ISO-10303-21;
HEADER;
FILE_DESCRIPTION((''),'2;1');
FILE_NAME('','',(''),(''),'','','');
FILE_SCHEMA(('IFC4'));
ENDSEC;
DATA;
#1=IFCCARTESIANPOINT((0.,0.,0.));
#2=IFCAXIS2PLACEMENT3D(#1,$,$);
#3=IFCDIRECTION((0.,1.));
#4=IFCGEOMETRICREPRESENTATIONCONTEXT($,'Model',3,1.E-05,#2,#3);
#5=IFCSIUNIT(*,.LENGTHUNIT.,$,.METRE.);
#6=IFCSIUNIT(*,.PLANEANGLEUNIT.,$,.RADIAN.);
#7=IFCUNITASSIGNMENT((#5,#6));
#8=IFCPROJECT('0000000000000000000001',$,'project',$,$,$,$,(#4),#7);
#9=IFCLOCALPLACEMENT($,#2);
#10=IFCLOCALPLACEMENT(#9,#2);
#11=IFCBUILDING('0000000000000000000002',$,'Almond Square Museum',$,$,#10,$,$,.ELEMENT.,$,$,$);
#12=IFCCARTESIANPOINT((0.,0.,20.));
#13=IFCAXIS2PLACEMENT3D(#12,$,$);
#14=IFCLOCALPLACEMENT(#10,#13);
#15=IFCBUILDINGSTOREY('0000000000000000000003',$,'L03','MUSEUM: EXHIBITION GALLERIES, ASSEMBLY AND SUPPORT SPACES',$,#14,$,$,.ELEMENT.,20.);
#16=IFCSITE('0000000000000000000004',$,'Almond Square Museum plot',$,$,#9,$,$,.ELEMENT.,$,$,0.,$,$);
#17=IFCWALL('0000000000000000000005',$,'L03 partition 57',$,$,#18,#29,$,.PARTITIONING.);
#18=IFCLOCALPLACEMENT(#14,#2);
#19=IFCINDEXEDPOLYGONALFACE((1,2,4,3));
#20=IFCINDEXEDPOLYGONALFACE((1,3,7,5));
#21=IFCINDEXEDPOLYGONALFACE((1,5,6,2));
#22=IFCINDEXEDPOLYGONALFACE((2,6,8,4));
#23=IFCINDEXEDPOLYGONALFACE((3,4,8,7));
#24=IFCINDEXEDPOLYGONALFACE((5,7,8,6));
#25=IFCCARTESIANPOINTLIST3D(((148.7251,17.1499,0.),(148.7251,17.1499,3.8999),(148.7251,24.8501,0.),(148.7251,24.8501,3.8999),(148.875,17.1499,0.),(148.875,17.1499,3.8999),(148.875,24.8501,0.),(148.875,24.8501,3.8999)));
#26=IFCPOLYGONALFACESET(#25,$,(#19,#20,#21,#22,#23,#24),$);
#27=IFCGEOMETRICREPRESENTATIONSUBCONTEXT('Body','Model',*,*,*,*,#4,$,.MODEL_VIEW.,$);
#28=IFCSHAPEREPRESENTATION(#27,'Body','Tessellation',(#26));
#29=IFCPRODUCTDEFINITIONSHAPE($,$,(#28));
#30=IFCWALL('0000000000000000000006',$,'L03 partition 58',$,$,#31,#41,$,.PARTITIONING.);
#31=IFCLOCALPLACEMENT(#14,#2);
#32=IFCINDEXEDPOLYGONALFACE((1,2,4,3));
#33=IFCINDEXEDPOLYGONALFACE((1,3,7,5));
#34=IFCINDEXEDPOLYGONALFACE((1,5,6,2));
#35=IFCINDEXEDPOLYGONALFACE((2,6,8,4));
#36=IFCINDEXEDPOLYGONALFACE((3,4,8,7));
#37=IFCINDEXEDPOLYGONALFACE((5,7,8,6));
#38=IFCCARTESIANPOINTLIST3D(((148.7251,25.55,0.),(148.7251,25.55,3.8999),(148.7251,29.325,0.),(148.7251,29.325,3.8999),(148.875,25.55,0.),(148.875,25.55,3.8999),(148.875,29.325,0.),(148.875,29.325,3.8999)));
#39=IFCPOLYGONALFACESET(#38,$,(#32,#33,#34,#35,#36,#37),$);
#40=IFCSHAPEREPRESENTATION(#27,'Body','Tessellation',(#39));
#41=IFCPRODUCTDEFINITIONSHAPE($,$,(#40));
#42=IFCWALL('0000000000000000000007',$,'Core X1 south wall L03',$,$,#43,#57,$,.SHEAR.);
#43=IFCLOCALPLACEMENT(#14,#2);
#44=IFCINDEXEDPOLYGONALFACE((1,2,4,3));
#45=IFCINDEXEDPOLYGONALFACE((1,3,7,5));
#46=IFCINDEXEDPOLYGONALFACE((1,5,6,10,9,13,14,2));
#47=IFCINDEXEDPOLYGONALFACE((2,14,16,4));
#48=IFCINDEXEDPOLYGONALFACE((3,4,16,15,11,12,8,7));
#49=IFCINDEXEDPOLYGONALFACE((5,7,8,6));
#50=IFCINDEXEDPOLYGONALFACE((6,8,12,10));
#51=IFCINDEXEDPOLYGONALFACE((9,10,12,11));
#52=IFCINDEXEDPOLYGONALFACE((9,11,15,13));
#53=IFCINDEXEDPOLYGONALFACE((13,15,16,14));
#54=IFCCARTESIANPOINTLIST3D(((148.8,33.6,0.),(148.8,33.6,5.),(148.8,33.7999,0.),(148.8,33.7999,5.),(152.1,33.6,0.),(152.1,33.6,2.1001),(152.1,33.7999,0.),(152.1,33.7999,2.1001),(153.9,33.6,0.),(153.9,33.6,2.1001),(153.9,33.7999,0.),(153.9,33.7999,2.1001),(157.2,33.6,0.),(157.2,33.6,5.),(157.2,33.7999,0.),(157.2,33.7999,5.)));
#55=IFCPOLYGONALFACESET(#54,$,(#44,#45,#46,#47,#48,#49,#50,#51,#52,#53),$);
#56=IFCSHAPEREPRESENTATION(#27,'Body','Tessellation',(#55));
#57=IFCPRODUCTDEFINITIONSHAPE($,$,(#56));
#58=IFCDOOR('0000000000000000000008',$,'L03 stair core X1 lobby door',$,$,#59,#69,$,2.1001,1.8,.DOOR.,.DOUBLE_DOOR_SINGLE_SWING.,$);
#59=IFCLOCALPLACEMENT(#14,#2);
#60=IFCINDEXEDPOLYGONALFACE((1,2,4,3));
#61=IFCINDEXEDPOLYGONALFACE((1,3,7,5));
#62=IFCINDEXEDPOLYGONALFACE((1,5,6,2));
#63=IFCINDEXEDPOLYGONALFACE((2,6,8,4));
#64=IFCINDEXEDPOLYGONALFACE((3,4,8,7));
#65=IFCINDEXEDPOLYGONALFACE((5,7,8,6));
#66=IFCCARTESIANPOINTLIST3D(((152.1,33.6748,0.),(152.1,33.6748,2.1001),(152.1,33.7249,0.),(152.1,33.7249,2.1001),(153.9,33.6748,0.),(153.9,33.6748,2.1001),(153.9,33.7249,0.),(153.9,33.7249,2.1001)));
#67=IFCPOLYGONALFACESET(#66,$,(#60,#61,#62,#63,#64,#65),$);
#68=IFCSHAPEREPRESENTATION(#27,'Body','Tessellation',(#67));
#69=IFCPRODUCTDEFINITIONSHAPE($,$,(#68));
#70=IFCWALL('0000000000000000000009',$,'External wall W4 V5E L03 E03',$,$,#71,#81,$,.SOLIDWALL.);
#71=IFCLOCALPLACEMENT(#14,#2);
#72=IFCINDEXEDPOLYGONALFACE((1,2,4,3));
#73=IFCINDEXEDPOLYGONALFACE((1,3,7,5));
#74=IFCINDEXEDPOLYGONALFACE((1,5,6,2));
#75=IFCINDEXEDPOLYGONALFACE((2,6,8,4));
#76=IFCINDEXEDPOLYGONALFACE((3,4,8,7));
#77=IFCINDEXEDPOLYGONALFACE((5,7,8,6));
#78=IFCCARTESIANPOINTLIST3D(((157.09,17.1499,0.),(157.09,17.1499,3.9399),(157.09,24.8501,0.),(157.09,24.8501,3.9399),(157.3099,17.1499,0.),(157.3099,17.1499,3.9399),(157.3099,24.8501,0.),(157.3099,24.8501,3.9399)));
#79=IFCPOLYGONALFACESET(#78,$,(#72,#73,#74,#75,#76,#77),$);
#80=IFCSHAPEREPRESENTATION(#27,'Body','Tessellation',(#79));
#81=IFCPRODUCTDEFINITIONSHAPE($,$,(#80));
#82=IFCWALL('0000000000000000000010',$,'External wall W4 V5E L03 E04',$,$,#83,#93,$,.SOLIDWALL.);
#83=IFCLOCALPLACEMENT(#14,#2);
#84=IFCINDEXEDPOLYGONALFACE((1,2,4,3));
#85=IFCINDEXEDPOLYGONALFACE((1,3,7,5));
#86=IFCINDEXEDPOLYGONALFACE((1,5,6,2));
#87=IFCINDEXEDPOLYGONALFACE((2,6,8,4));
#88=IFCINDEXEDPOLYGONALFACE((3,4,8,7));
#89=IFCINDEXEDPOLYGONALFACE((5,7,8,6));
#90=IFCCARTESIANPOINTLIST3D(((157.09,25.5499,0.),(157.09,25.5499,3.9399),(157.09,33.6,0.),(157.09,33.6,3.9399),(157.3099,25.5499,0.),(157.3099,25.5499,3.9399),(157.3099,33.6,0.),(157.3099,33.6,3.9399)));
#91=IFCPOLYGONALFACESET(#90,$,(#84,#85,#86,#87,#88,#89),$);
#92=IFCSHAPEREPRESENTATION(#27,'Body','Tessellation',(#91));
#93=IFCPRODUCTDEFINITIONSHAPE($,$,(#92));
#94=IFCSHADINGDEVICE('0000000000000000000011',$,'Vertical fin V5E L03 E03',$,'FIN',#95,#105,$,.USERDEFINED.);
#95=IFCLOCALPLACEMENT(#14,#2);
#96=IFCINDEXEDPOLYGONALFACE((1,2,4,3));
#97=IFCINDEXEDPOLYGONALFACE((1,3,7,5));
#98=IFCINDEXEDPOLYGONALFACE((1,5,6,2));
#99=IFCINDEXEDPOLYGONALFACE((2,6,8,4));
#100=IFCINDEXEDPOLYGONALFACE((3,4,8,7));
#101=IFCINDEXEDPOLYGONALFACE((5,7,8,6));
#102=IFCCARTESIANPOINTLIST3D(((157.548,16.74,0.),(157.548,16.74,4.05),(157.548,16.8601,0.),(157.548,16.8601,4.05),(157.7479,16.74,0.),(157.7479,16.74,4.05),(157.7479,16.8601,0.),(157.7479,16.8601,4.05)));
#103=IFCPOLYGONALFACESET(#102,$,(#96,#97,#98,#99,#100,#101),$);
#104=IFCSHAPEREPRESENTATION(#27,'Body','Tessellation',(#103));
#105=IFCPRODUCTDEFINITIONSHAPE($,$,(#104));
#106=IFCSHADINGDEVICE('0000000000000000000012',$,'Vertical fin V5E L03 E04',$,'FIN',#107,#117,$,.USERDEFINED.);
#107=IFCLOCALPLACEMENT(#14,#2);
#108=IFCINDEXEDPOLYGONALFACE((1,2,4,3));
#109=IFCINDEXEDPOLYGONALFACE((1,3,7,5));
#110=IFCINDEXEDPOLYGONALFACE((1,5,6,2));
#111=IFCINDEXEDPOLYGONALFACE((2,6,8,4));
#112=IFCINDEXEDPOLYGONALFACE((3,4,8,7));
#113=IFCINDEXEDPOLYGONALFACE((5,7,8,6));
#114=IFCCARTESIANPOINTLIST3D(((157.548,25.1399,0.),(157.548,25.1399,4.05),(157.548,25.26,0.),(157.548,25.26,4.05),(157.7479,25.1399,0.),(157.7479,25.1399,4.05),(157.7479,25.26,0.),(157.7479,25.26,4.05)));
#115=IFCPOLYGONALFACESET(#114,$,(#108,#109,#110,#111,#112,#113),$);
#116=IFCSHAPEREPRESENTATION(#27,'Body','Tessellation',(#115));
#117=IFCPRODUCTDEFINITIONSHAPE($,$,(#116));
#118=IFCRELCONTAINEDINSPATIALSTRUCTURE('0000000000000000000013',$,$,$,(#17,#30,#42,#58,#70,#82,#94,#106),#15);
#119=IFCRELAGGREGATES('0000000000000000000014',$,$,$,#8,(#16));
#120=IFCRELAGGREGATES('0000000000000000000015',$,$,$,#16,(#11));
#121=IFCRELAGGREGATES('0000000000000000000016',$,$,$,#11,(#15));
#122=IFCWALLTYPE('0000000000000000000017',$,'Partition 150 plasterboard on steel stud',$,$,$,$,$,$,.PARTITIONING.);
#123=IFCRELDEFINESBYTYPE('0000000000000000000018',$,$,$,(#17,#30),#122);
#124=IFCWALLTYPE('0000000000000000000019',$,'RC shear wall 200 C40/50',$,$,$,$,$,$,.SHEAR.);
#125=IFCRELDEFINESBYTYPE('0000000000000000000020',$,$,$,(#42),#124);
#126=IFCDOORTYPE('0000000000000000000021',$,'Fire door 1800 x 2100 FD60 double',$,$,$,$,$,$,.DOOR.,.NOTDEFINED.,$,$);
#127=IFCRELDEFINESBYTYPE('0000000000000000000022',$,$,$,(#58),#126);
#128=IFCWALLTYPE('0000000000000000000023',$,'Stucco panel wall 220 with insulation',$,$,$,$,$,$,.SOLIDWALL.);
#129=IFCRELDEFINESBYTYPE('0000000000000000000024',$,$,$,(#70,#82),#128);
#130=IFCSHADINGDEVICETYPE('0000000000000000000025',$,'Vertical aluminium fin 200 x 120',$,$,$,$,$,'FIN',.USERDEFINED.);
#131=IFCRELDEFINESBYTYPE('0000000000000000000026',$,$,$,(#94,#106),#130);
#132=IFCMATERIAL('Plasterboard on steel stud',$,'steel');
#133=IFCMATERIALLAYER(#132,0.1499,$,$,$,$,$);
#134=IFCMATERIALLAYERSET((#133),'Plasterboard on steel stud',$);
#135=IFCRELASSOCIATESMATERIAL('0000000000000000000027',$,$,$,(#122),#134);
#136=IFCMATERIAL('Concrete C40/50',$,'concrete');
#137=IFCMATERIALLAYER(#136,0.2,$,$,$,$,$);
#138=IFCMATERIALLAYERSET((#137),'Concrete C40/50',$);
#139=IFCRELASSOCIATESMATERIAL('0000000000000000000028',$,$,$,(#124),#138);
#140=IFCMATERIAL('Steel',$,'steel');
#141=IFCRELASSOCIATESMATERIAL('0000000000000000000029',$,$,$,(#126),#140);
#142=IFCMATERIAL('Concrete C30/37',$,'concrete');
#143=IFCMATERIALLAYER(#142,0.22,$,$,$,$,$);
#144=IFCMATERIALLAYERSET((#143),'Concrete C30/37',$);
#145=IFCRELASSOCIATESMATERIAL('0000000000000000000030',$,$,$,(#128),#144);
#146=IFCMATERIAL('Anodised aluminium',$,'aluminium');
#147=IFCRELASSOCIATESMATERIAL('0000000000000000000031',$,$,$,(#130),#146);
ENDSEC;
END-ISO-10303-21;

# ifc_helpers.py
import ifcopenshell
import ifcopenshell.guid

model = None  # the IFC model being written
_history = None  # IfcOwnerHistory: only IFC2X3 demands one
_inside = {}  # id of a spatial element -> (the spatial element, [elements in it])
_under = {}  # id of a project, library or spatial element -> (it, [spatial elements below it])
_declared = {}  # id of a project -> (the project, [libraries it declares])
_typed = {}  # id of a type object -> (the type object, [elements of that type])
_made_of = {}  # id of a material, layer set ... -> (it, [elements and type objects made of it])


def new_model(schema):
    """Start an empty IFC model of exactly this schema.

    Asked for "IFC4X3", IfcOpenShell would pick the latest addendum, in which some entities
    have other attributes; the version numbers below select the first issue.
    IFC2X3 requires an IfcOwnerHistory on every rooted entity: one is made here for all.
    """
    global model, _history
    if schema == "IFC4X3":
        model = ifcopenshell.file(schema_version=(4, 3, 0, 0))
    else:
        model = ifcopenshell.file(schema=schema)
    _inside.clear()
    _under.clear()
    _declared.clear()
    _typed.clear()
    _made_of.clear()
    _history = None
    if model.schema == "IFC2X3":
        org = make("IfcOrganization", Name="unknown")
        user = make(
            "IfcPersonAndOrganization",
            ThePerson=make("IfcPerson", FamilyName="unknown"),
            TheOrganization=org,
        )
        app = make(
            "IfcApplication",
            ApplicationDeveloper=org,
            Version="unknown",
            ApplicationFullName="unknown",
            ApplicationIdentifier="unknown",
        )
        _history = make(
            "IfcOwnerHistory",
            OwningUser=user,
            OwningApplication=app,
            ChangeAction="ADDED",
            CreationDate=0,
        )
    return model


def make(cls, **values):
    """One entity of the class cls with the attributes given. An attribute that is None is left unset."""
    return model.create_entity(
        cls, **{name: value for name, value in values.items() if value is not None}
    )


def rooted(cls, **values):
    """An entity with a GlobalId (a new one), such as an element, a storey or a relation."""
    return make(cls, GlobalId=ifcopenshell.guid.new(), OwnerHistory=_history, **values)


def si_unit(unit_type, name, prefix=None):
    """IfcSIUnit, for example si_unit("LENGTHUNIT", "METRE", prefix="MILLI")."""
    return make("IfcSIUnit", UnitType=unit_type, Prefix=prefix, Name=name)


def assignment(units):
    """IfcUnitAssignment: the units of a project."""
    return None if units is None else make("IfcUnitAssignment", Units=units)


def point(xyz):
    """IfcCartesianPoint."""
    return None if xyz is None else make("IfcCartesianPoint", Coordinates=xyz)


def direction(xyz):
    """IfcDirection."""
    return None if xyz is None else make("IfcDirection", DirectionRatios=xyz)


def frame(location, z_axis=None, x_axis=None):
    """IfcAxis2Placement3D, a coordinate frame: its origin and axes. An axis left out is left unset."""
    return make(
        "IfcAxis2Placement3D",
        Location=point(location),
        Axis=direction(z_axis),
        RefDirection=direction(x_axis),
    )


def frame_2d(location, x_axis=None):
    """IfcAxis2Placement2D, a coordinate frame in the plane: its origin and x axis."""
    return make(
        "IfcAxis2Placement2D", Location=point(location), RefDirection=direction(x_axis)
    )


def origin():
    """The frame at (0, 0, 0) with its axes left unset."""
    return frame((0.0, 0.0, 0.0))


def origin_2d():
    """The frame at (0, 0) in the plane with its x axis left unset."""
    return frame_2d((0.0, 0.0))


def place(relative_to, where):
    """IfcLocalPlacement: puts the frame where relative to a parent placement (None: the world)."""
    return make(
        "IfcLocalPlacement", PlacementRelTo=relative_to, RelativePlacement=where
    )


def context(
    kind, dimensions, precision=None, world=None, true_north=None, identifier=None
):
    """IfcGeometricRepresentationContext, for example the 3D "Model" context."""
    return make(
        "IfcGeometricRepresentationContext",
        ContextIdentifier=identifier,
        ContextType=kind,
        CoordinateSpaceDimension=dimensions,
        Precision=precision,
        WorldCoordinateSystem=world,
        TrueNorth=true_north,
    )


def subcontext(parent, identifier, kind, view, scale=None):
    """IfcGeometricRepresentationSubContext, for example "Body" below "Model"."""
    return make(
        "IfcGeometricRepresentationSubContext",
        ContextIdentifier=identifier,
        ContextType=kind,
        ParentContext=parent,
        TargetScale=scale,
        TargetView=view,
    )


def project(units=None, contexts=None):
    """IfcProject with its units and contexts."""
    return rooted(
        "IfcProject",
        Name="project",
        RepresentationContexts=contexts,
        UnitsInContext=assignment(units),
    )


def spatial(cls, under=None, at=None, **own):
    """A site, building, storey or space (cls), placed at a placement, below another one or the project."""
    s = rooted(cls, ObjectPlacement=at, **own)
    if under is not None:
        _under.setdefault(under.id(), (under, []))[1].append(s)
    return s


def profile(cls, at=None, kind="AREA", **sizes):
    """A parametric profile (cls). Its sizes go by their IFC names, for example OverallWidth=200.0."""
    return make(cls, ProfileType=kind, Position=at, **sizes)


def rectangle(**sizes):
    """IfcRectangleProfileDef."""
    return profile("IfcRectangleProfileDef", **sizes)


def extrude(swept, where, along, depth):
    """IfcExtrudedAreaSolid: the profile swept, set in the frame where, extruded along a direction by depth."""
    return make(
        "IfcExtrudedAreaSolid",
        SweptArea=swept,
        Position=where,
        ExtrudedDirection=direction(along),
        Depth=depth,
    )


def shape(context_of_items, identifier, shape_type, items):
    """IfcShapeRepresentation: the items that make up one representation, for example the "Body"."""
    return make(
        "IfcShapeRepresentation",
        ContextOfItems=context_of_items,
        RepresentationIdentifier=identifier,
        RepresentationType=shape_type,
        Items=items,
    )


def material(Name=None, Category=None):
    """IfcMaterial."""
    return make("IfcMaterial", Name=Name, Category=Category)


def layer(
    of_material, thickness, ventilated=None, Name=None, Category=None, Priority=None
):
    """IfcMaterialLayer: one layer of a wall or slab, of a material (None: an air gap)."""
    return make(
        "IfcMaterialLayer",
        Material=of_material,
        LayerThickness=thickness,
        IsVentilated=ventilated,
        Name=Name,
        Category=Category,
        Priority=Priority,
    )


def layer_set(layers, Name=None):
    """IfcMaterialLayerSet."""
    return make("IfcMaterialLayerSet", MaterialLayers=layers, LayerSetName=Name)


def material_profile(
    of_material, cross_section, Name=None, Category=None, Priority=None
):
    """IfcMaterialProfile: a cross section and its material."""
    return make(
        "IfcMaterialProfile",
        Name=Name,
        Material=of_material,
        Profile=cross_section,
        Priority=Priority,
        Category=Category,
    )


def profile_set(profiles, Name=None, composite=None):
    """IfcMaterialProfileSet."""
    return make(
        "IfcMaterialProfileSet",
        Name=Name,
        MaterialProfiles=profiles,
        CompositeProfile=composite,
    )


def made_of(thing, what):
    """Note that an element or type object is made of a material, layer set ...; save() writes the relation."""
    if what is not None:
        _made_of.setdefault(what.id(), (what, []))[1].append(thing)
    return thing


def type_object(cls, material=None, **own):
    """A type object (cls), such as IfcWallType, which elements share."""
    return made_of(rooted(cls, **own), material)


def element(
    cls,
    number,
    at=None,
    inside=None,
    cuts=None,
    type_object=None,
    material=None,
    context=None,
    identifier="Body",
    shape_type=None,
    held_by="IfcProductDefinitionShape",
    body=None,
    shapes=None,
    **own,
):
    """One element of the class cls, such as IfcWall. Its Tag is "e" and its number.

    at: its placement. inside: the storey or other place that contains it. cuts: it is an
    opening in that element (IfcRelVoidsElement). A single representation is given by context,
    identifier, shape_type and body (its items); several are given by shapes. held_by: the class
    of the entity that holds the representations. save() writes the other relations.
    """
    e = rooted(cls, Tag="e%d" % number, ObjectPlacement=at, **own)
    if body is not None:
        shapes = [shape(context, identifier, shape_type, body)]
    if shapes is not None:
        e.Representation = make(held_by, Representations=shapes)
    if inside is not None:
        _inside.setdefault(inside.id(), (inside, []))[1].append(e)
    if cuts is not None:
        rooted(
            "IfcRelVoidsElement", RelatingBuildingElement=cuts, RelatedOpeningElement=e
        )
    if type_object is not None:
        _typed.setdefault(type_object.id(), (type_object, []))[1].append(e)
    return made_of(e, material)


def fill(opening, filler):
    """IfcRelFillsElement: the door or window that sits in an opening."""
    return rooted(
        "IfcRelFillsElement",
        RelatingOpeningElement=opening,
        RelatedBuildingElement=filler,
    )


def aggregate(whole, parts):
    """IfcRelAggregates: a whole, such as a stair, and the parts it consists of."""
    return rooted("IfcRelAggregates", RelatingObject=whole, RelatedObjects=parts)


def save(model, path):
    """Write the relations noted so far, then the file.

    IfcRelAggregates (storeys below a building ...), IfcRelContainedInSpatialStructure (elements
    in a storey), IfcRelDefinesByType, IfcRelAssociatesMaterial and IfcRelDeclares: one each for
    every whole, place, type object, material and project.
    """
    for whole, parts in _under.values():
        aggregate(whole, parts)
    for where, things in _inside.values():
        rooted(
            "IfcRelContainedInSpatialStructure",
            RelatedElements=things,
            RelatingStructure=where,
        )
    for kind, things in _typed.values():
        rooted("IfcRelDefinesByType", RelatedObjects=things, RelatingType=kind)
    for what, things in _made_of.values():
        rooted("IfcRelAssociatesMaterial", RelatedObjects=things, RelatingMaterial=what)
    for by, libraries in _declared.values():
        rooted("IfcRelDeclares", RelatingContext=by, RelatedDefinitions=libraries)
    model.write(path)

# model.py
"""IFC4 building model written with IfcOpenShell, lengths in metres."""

from ifc_helpers import new_model, si_unit, direction, frame, frame_2d, origin, origin_2d, place, context, subcontext, project, spatial, rectangle, extrude, material, layer, layer_set, material_profile, profile_set, type_object, element, fill, save


model = new_model("IFC4")

# Units and contexts
model_context = context("Model", 3, precision=1e-05, world=origin(), true_north=direction((0.0, 1.0)))
body_context = subcontext(model_context, "Body", "Model", "MODEL_VIEW")
ifc_project = project(units=[si_unit("LENGTHUNIT", "METRE"), si_unit("PLANEANGLEUNIT", "RADIAN")], contexts=[model_context])

# Site, building, storey
site_placement = place(None, origin())
site = spatial("IfcSite", under=ifc_project, at=site_placement, Name="Almond Square Museum plot", CompositionType="ELEMENT", RefElevation=0.0)
building_placement = place(site_placement, origin())
building = spatial("IfcBuilding", under=site, at=building_placement, Name="Almond Square Museum", CompositionType="ELEMENT")
storey_placement = place(building_placement, frame((0.0, 0.0, 20.0)))
storey = spatial("IfcBuildingStorey", under=building, at=storey_placement, Name="L03", Description="MUSEUM: EXHIBITION GALLERIES, ASSEMBLY AND SUPPORT SPACES", CompositionType="ELEMENT", Elevation=20.0)

# Shared definitions
ifc_material_1 = material(Name="Plasterboard on steel stud", Category="steel")
ifc_layer_1 = layer(ifc_material_1, 0.1499)
ifc_layer_set_1 = layer_set([ifc_layer_1], Name="Plasterboard on steel stud")
wall_type_1 = type_object("IfcWallType", Name="Partition 150 plasterboard on steel stud", PredefinedType="PARTITIONING", material=ifc_layer_set_1)

# Walls
wall_1_placement = place(storey_placement, frame((148.8, 17.1499, 0.0), z_axis=(0.0, 0.0, 1.0), x_axis=(0.0, 1.0, 0.0)))
element("IfcWall", 1, at=wall_1_placement, inside=storey, type_object=wall_type_1, Name="L03 partition 57", PredefinedType="PARTITIONING", context=body_context, shape_type="SweptSolid", body=[
    extrude(rectangle(XDim=7.7002, YDim=0.1499, at=frame_2d((3.8501, 0.0))), origin(), (0.0, 0.0, 1.0), 3.8999),
])
wall_2_placement = place(storey_placement, frame((148.8, 25.55, 0.0), z_axis=(0.0, 0.0, 1.0), x_axis=(0.0, 1.0, 0.0)))
element("IfcWall", 2, at=wall_2_placement, inside=storey, type_object=wall_type_1, Name="L03 partition 58", PredefinedType="PARTITIONING", context=body_context, shape_type="SweptSolid", body=[
    extrude(rectangle(XDim=3.7749, YDim=0.1499, at=frame_2d((1.8875, 0.0))), origin(), (0.0, 0.0, 1.0), 3.8999),
])

# Wall, opening, door
ifc_material_2 = material(Name="Concrete C40/50", Category="concrete")
ifc_layer_2 = layer(ifc_material_2, 0.2)
ifc_layer_set_2 = layer_set([ifc_layer_2], Name="Concrete C40/50")
wall_type_2 = type_object("IfcWallType", Name="RC shear wall 200 C40/50", PredefinedType="SHEAR", material=ifc_layer_set_2)
wall_3_placement = place(storey_placement, frame((148.8, 33.7, 0.0), z_axis=(0.0, 0.0, 1.0), x_axis=(1.0, 0.0, 0.0)))
wall_3 = element("IfcWall", 3, at=wall_3_placement, inside=storey, type_object=wall_type_2, Name="Core X1 south wall L03", PredefinedType="SHEAR", context=body_context, shape_type="SweptSolid", body=[
    extrude(rectangle(XDim=8.3999, YDim=0.2, at=frame_2d((4.2, 0.0))), origin(), (0.0, 0.0, 1.0), 5.0),
])
opening_1_placement = place(wall_3_placement, frame((3.3, 0.0, 0.0)))
opening_1 = element("IfcOpeningElement", 4, at=opening_1_placement, cuts=wall_3, PredefinedType="OPENING", context=body_context, shape_type="SweptSolid", body=[
    extrude(rectangle(XDim=1.8, YDim=2.1001, at=frame_2d((0.8999, 1.05))), frame((0.0, 0.1099, 0.0), z_axis=(0.0, -1.0, 0.0), x_axis=(1.0, 0.0, 0.0)), (0.0, 0.0, 1.0), 0.22),
])
ifc_material_3 = material(Name="Steel", Category="steel")
door_type_1 = type_object("IfcDoorType", Name="Fire door 1800 x 2100 FD60 double", OperationType="NOTDEFINED", PredefinedType="DOOR", material=ifc_material_3)
door_1_placement = place(opening_1_placement, origin())
door_1 = element("IfcDoor", 5, at=door_1_placement, inside=storey, type_object=door_type_1, Name="L03 stair core X1 lobby door", OperationType="DOUBLE_DOOR_SINGLE_SWING", OverallHeight=2.1001, OverallWidth=1.8, PredefinedType="DOOR", context=body_context, shape_type="SweptSolid", body=[
    extrude(rectangle(XDim=1.8, YDim=2.1001, at=frame_2d((0.8999, 1.05))), frame((0.0, 0.0249, 0.0), z_axis=(0.0, -1.0, 0.0), x_axis=(1.0, 0.0, 0.0)), (0.0, 0.0, 1.0), 0.05),
])
fill(opening_1, door_1)

# Walls
ifc_material_4 = material(Name="Concrete C30/37", Category="concrete")
ifc_layer_3 = layer(ifc_material_4, 0.22)
ifc_layer_set_3 = layer_set([ifc_layer_3], Name="Concrete C30/37")
wall_type_3 = type_object("IfcWallType", Name="Stucco panel wall 220 with insulation", PredefinedType="SOLIDWALL", material=ifc_layer_set_3)
wall_4_placement = place(storey_placement, frame((157.2, 17.1499, 0.0), z_axis=(0.0, 0.0, 1.0), x_axis=(0.0, 1.0, 0.0)))
element("IfcWall", 6, at=wall_4_placement, inside=storey, type_object=wall_type_3, Name="External wall W4 V5E L03 E03", PredefinedType="SOLIDWALL", context=body_context, shape_type="SweptSolid", body=[
    extrude(rectangle(XDim=7.7002, YDim=0.22, at=frame_2d((3.8501, 0.0))), origin(), (0.0, 0.0, 1.0), 3.9399),
])
wall_5_placement = place(storey_placement, frame((157.2, 25.55, 0.0), z_axis=(0.0, 0.0, 1.0), x_axis=(0.0, 1.0, 0.0)))
element("IfcWall", 7, at=wall_5_placement, inside=storey, type_object=wall_type_3, Name="External wall W4 V5E L03 E04", PredefinedType="SOLIDWALL", context=body_context, shape_type="SweptSolid", body=[
    extrude(rectangle(XDim=8.05, YDim=0.22, at=frame_2d((4.0249, 0.0))), origin(), (0.0, 0.0, 1.0), 3.9399),
])

# Shading devices
ifc_material_5 = material(Name="Anodised aluminium", Category="aluminium")
ifc_material_profile_1 = material_profile(ifc_material_5, rectangle(XDim=0.2, YDim=0.1201, at=origin_2d()))
ifc_profile_set_1 = profile_set([ifc_material_profile_1], Name="Anodised aluminium")
shading_device_type = type_object("IfcShadingDeviceType", Name="Vertical aluminium fin 200 x 120", ElementType="FIN", PredefinedType="USERDEFINED", material=ifc_profile_set_1)
for number, where, z_axis, x_axis, name in (
    (8, (157.6479, 16.8, 0.0), (0.0, 0.0, 1.0), (1.0, 0.0, 0.0), "Vertical fin V5E L03 E03"),
    (9, (157.6479, 25.2, 0.0), (0.0, 0.0, 1.0), (1.0, 0.0, 0.0), "Vertical fin V5E L03 E04"),
):
    element("IfcShadingDevice", number, at=place(storey_placement, frame(where, z_axis=z_axis, x_axis=x_axis)), inside=storey, type_object=shading_device_type, Name=name, ObjectType="FIN", PredefinedType="USERDEFINED", context=body_context, shape_type="SweptSolid", body=[
        extrude(rectangle(XDim=0.2, YDim=0.1201, at=origin_2d()), origin(), (0.0, 0.0, 1.0), 4.05),
    ])

save(model, "model.ifc")
